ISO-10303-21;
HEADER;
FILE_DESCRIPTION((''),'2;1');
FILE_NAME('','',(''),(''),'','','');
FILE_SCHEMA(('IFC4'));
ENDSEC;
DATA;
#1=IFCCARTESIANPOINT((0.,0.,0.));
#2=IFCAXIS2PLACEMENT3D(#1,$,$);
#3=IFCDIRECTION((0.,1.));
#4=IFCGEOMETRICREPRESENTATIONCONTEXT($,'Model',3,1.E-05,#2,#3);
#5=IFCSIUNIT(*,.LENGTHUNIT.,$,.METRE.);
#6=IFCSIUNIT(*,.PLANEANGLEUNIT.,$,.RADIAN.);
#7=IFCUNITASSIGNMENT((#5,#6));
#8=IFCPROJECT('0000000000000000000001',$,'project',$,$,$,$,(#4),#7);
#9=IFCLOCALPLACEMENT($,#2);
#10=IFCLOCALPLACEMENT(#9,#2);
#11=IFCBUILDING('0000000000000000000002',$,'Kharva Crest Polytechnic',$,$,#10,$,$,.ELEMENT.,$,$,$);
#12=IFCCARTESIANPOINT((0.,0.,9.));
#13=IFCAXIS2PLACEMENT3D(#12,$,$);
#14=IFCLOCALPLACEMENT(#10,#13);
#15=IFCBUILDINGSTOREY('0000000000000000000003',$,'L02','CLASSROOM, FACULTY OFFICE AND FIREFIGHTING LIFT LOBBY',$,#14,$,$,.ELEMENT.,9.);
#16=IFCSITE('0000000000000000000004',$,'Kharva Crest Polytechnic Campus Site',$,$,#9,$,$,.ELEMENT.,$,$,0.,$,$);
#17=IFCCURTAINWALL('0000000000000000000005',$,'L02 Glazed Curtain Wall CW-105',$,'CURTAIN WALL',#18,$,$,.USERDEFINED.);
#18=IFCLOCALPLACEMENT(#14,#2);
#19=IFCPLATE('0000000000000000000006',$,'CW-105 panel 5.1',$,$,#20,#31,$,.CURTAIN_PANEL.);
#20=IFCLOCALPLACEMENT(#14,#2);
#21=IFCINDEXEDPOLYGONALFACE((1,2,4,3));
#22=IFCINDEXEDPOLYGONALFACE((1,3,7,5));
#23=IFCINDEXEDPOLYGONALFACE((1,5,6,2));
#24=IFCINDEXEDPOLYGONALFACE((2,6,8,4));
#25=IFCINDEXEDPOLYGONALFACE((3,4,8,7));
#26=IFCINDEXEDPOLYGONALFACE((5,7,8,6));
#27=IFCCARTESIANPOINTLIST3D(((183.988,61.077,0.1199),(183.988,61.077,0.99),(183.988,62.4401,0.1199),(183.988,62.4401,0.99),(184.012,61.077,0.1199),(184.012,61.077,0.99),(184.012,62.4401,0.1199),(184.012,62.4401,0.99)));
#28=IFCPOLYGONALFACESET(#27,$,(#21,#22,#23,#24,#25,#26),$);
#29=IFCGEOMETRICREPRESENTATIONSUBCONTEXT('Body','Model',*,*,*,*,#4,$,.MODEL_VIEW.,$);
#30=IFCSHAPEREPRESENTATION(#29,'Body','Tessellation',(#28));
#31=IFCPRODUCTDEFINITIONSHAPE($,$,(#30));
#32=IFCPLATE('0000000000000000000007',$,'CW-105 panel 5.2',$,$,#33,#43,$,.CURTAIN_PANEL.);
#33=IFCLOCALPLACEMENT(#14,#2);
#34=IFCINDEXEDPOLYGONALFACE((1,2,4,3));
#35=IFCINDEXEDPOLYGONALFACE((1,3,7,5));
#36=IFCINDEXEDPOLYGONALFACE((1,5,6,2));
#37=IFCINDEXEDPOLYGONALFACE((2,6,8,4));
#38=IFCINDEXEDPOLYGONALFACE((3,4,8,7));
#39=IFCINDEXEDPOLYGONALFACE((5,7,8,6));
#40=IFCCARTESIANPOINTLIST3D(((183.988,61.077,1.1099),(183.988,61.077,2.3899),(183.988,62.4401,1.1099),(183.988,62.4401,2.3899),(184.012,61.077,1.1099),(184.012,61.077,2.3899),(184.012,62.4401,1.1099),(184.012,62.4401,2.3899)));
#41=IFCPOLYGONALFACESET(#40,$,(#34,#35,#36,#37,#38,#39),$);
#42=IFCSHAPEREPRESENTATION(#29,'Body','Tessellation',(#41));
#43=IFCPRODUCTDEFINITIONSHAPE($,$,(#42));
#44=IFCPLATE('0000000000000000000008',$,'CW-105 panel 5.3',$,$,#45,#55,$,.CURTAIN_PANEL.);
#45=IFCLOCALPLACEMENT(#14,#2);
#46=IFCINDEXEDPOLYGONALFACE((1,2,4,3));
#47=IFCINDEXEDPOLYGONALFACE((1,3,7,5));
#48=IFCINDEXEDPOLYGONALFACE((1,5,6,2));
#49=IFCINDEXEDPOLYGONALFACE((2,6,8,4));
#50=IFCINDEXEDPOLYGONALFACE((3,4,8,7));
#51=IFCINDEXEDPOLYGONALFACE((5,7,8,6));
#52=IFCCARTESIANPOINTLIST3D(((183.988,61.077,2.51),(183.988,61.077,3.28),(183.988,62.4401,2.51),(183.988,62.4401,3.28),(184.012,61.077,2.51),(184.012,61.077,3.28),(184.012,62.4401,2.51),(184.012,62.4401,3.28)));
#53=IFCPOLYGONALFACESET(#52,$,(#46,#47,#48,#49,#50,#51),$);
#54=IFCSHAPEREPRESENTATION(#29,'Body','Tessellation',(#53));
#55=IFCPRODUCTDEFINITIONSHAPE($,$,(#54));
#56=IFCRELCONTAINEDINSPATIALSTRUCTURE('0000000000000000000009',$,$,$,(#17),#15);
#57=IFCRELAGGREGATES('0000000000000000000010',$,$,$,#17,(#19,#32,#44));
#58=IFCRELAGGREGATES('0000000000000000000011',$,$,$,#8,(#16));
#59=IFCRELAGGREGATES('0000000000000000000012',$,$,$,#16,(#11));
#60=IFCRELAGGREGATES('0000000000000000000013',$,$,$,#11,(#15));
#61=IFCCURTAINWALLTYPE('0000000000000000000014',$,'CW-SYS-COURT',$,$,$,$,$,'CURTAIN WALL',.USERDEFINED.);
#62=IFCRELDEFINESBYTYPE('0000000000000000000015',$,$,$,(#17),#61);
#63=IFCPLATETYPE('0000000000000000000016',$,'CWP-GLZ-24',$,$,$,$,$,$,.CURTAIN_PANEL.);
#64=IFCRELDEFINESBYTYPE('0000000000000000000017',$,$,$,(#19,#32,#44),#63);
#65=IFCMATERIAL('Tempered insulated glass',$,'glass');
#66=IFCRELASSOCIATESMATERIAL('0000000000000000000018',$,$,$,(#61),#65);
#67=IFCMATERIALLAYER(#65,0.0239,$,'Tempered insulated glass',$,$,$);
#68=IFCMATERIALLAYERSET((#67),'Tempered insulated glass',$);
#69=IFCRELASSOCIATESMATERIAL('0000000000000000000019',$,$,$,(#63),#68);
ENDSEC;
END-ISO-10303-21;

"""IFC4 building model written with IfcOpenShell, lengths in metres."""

from ifc_helpers import new_model, si_unit, direction, frame, origin, origin_2d, place, context, subcontext, project, spatial, rectangle, extrude, material, layer, layer_set, type_object, element, aggregate, save


model = new_model("IFC4")

# Units and contexts
model_context = context("Model", 3, precision=1e-05, world=origin(), true_north=direction((0.0, 1.0)))
body_context = subcontext(model_context, "Body", "Model", "MODEL_VIEW")
ifc_project = project(units=[si_unit("LENGTHUNIT", "METRE"), si_unit("PLANEANGLEUNIT", "RADIAN")], contexts=[model_context])

# Site, building, storey
site_placement = place(None, origin())
site = spatial("IfcSite", under=ifc_project, at=site_placement, Name="Kharva Crest Polytechnic Campus Site", CompositionType="ELEMENT", RefElevation=0.0)
building_placement = place(site_placement, origin())
building = spatial("IfcBuilding", under=site, at=building_placement, Name="Kharva Crest Polytechnic", CompositionType="ELEMENT")
storey_placement = place(building_placement, frame((0.0, 0.0, 9.0)))
storey = spatial("IfcBuildingStorey", under=building, at=storey_placement, Name="L02", Description="CLASSROOM, FACULTY OFFICE AND FIREFIGHTING LIFT LOBBY", CompositionType="ELEMENT", Elevation=9.0)

# Curtain wall
ifc_material_1 = material(Name="Tempered insulated glass", Category="glass")
curtain_wall_type = type_object("IfcCurtainWallType", Name="CW-SYS-COURT", ElementType="CURTAIN WALL", PredefinedType="USERDEFINED", material=ifc_material_1)
curtain_wall_1_placement = place(storey_placement, origin())
curtain_wall_1 = element("IfcCurtainWall", 1, at=curtain_wall_1_placement, inside=storey, type_object=curtain_wall_type, Name="L02 Glazed Curtain Wall CW-105", ObjectType="CURTAIN WALL", PredefinedType="USERDEFINED")

# Plates
ifc_layer = layer(ifc_material_1, 0.0239, Name="Tempered insulated glass")
ifc_layer_set = layer_set([ifc_layer], Name="Tempered insulated glass")
plate_type = type_object("IfcPlateType", Name="CWP-GLZ-24", PredefinedType="CURTAIN_PANEL", material=ifc_layer_set)
plate_1_placement = place(storey_placement, frame((184.0, 61.7585, 0.1199), z_axis=(0.0, 0.0, 1.0), x_axis=(0.0, 1.0, 0.0)))
plate_1 = element("IfcPlate", 2, at=plate_1_placement, type_object=plate_type, Name="CW-105 panel 5.1", PredefinedType="CURTAIN_PANEL", context=body_context, shape_type="SweptSolid", body=[
    extrude(rectangle(XDim=1.363, YDim=0.0239, at=origin_2d()), origin(), (0.0, 0.0, 1.0), 0.8701),
])
plate_2_placement = place(storey_placement, frame((184.0, 61.7585, 1.1099), z_axis=(0.0, 0.0, 1.0), x_axis=(0.0, 1.0, 0.0)))
plate_2 = element("IfcPlate", 3, at=plate_2_placement, type_object=plate_type, Name="CW-105 panel 5.2", PredefinedType="CURTAIN_PANEL", context=body_context, shape_type="SweptSolid", body=[
    extrude(rectangle(XDim=1.363, YDim=0.0239, at=origin_2d()), origin(), (0.0, 0.0, 1.0), 1.28),
])
plate_3_placement = place(storey_placement, frame((184.0, 61.7585, 2.51), z_axis=(0.0, 0.0, 1.0), x_axis=(0.0, 1.0, 0.0)))
plate_3 = element("IfcPlate", 4, at=plate_3_placement, type_object=plate_type, Name="CW-105 panel 5.3", PredefinedType="CURTAIN_PANEL", context=body_context, shape_type="SweptSolid", body=[
    extrude(rectangle(XDim=1.363, YDim=0.0239, at=origin_2d()), origin(), (0.0, 0.0, 1.0), 0.77),
])
aggregate(curtain_wall_1, [plate_1, plate_2, plate_3])

save(model, "model.ifc")
